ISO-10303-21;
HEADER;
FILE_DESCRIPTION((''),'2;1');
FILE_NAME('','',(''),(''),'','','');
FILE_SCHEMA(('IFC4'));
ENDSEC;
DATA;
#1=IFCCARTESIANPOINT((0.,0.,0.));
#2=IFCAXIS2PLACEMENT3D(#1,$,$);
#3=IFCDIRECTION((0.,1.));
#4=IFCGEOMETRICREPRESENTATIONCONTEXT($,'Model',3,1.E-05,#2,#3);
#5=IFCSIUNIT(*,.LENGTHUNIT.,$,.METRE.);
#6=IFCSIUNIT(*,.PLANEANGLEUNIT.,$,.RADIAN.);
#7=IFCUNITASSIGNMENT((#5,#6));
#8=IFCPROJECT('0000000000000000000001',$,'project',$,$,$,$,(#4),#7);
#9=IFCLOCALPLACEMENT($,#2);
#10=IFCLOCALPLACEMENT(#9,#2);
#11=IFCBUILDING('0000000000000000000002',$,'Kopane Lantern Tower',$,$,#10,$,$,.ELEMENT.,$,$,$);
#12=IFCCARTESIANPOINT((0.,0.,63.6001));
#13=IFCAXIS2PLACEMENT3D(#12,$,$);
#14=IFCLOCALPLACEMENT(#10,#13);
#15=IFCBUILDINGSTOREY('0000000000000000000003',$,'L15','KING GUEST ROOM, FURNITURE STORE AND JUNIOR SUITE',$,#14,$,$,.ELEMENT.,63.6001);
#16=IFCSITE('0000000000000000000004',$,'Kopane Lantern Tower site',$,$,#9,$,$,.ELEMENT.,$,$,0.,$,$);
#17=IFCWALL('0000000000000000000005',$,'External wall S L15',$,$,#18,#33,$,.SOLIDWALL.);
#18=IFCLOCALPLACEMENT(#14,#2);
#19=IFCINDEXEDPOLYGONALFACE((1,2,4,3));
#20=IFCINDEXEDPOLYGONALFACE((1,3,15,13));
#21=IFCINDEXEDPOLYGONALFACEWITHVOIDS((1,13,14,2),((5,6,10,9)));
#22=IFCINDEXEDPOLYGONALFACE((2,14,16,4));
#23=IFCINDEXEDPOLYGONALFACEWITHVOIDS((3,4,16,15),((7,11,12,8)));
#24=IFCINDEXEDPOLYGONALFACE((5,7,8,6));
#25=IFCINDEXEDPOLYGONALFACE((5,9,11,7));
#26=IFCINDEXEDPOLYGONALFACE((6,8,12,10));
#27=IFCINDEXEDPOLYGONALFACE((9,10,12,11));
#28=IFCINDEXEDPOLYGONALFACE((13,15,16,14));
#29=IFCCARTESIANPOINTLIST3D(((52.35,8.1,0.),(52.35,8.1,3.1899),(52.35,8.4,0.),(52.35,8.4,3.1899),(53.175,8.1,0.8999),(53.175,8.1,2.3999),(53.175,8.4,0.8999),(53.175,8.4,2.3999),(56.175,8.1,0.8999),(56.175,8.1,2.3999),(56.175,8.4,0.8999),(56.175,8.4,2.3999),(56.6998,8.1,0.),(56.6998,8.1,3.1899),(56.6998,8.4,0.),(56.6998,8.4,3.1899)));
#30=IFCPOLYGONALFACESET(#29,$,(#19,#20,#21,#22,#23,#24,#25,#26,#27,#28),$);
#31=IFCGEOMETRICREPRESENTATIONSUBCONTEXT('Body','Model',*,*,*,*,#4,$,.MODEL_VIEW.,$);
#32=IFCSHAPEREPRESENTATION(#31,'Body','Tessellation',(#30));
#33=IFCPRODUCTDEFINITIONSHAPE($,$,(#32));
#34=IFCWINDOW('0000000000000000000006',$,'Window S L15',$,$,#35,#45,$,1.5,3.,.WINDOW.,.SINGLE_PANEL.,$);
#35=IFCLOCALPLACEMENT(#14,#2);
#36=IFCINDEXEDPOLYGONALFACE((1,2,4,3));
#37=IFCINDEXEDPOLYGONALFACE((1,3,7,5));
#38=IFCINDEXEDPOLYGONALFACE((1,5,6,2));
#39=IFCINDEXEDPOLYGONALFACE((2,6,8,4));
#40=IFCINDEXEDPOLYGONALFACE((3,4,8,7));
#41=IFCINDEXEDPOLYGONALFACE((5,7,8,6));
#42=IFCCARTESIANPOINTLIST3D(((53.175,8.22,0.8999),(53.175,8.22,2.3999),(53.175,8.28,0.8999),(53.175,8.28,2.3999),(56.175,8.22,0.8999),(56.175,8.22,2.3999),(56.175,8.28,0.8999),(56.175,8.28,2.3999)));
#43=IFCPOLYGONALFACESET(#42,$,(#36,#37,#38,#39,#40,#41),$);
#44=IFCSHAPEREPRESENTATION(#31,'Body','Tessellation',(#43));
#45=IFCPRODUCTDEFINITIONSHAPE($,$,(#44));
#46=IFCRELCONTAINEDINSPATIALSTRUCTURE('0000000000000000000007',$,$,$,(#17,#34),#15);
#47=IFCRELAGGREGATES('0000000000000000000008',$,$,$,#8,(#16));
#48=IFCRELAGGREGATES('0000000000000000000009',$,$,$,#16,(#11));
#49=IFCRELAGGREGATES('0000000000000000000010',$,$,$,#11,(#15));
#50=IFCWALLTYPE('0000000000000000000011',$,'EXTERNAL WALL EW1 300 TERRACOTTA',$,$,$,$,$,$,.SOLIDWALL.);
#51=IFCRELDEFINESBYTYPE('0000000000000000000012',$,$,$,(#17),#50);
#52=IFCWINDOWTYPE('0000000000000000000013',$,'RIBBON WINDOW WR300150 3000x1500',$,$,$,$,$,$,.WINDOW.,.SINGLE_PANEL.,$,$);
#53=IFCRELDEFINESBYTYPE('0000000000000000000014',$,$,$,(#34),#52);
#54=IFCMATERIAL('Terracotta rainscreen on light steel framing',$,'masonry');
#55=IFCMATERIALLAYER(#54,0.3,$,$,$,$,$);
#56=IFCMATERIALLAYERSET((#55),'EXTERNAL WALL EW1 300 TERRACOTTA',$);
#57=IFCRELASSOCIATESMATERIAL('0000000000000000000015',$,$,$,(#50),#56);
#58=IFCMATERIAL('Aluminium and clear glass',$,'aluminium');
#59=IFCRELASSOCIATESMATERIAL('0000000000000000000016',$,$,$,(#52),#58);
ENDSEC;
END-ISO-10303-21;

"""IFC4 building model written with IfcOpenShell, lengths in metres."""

from ifc_helpers import new_model, si_unit, direction, frame, frame_2d, origin, place, context, subcontext, project, spatial, rectangle, extrude, material, layer, layer_set, type_object, element, fill, save


model = new_model("IFC4")

# Units and contexts
model_context = context("Model", 3, precision=1e-05, world=origin(), true_north=direction((0.0, 1.0)))
body_context = subcontext(model_context, "Body", "Model", "MODEL_VIEW")
ifc_project = project(units=[si_unit("LENGTHUNIT", "METRE"), si_unit("PLANEANGLEUNIT", "RADIAN")], contexts=[model_context])

# Site, building, storey
site_placement = place(None, origin())
site = spatial("IfcSite", under=ifc_project, at=site_placement, Name="Kopane Lantern Tower site", CompositionType="ELEMENT", RefElevation=0.0)
building_placement = place(site_placement, origin())
building = spatial("IfcBuilding", under=site, at=building_placement, Name="Kopane Lantern Tower", CompositionType="ELEMENT")
storey_placement = place(building_placement, frame((0.0, 0.0, 63.6001)))
storey = spatial("IfcBuildingStorey", under=building, at=storey_placement, Name="L15", Description="KING GUEST ROOM, FURNITURE STORE AND JUNIOR SUITE", CompositionType="ELEMENT", Elevation=63.6001)

# Wall, opening, window
ifc_material_1 = material(Name="Terracotta rainscreen on light steel framing", Category="masonry")
ifc_layer = layer(ifc_material_1, 0.3)
ifc_layer_set = layer_set([ifc_layer], Name="EXTERNAL WALL EW1 300 TERRACOTTA")
wall_type = type_object("IfcWallType", Name="EXTERNAL WALL EW1 300 TERRACOTTA", PredefinedType="SOLIDWALL", material=ifc_layer_set)
ifc_material_2 = material(Name="Aluminium and clear glass", Category="aluminium")
window_type_1 = type_object("IfcWindowType", Name="RIBBON WINDOW WR300150 3000x1500", PartitioningType="SINGLE_PANEL", PredefinedType="WINDOW", material=ifc_material_2)
wall_1_placement = place(storey_placement, frame((52.3501, 8.25, 0.0), z_axis=(0.0, 0.0, 1.0), x_axis=(1.0, 0.0, 0.0)))
wall_1 = element("IfcWall", 1, at=wall_1_placement, inside=storey, type_object=wall_type, Name="External wall S L15", PredefinedType="SOLIDWALL", context=body_context, shape_type="SweptSolid", body=[
    extrude(rectangle(XDim=4.3499, YDim=0.3, at=frame_2d((2.1748, 0.0))), origin(), (0.0, 0.0, 1.0), 3.1899),
])
opening_1_placement = place(wall_1_placement, frame((0.825, 0.0, 0.8999)))
opening_1 = element("IfcOpeningElement", 2, at=opening_1_placement, cuts=wall_1, PredefinedType="OPENING", context=body_context, shape_type="SweptSolid", body=[
    extrude(rectangle(XDim=3.0, YDim=1.5, at=frame_2d((1.5, 0.75))), frame((0.0, 0.1599, 0.0), z_axis=(0.0, -1.0, 0.0), x_axis=(1.0, 0.0, 0.0)), (0.0, 0.0, 1.0), 0.3201),
])
window_1_placement = place(opening_1_placement, origin())
window_1 = element("IfcWindow", 3, at=window_1_placement, inside=storey, type_object=window_type_1, Name="Window S L15", OverallHeight=1.5, OverallWidth=3.0, PartitioningType="SINGLE_PANEL", PredefinedType="WINDOW", context=body_context, shape_type="SweptSolid", body=[
    extrude(rectangle(XDim=3.0, YDim=1.5, at=frame_2d((1.5, 0.75))), frame((0.0, 0.03, 0.0), z_axis=(0.0, -1.0, 0.0), x_axis=(1.0, 0.0, 0.0)), (0.0, 0.0, 1.0), 0.0601),
])
fill(opening_1, window_1)

save(model, "model.ifc")
